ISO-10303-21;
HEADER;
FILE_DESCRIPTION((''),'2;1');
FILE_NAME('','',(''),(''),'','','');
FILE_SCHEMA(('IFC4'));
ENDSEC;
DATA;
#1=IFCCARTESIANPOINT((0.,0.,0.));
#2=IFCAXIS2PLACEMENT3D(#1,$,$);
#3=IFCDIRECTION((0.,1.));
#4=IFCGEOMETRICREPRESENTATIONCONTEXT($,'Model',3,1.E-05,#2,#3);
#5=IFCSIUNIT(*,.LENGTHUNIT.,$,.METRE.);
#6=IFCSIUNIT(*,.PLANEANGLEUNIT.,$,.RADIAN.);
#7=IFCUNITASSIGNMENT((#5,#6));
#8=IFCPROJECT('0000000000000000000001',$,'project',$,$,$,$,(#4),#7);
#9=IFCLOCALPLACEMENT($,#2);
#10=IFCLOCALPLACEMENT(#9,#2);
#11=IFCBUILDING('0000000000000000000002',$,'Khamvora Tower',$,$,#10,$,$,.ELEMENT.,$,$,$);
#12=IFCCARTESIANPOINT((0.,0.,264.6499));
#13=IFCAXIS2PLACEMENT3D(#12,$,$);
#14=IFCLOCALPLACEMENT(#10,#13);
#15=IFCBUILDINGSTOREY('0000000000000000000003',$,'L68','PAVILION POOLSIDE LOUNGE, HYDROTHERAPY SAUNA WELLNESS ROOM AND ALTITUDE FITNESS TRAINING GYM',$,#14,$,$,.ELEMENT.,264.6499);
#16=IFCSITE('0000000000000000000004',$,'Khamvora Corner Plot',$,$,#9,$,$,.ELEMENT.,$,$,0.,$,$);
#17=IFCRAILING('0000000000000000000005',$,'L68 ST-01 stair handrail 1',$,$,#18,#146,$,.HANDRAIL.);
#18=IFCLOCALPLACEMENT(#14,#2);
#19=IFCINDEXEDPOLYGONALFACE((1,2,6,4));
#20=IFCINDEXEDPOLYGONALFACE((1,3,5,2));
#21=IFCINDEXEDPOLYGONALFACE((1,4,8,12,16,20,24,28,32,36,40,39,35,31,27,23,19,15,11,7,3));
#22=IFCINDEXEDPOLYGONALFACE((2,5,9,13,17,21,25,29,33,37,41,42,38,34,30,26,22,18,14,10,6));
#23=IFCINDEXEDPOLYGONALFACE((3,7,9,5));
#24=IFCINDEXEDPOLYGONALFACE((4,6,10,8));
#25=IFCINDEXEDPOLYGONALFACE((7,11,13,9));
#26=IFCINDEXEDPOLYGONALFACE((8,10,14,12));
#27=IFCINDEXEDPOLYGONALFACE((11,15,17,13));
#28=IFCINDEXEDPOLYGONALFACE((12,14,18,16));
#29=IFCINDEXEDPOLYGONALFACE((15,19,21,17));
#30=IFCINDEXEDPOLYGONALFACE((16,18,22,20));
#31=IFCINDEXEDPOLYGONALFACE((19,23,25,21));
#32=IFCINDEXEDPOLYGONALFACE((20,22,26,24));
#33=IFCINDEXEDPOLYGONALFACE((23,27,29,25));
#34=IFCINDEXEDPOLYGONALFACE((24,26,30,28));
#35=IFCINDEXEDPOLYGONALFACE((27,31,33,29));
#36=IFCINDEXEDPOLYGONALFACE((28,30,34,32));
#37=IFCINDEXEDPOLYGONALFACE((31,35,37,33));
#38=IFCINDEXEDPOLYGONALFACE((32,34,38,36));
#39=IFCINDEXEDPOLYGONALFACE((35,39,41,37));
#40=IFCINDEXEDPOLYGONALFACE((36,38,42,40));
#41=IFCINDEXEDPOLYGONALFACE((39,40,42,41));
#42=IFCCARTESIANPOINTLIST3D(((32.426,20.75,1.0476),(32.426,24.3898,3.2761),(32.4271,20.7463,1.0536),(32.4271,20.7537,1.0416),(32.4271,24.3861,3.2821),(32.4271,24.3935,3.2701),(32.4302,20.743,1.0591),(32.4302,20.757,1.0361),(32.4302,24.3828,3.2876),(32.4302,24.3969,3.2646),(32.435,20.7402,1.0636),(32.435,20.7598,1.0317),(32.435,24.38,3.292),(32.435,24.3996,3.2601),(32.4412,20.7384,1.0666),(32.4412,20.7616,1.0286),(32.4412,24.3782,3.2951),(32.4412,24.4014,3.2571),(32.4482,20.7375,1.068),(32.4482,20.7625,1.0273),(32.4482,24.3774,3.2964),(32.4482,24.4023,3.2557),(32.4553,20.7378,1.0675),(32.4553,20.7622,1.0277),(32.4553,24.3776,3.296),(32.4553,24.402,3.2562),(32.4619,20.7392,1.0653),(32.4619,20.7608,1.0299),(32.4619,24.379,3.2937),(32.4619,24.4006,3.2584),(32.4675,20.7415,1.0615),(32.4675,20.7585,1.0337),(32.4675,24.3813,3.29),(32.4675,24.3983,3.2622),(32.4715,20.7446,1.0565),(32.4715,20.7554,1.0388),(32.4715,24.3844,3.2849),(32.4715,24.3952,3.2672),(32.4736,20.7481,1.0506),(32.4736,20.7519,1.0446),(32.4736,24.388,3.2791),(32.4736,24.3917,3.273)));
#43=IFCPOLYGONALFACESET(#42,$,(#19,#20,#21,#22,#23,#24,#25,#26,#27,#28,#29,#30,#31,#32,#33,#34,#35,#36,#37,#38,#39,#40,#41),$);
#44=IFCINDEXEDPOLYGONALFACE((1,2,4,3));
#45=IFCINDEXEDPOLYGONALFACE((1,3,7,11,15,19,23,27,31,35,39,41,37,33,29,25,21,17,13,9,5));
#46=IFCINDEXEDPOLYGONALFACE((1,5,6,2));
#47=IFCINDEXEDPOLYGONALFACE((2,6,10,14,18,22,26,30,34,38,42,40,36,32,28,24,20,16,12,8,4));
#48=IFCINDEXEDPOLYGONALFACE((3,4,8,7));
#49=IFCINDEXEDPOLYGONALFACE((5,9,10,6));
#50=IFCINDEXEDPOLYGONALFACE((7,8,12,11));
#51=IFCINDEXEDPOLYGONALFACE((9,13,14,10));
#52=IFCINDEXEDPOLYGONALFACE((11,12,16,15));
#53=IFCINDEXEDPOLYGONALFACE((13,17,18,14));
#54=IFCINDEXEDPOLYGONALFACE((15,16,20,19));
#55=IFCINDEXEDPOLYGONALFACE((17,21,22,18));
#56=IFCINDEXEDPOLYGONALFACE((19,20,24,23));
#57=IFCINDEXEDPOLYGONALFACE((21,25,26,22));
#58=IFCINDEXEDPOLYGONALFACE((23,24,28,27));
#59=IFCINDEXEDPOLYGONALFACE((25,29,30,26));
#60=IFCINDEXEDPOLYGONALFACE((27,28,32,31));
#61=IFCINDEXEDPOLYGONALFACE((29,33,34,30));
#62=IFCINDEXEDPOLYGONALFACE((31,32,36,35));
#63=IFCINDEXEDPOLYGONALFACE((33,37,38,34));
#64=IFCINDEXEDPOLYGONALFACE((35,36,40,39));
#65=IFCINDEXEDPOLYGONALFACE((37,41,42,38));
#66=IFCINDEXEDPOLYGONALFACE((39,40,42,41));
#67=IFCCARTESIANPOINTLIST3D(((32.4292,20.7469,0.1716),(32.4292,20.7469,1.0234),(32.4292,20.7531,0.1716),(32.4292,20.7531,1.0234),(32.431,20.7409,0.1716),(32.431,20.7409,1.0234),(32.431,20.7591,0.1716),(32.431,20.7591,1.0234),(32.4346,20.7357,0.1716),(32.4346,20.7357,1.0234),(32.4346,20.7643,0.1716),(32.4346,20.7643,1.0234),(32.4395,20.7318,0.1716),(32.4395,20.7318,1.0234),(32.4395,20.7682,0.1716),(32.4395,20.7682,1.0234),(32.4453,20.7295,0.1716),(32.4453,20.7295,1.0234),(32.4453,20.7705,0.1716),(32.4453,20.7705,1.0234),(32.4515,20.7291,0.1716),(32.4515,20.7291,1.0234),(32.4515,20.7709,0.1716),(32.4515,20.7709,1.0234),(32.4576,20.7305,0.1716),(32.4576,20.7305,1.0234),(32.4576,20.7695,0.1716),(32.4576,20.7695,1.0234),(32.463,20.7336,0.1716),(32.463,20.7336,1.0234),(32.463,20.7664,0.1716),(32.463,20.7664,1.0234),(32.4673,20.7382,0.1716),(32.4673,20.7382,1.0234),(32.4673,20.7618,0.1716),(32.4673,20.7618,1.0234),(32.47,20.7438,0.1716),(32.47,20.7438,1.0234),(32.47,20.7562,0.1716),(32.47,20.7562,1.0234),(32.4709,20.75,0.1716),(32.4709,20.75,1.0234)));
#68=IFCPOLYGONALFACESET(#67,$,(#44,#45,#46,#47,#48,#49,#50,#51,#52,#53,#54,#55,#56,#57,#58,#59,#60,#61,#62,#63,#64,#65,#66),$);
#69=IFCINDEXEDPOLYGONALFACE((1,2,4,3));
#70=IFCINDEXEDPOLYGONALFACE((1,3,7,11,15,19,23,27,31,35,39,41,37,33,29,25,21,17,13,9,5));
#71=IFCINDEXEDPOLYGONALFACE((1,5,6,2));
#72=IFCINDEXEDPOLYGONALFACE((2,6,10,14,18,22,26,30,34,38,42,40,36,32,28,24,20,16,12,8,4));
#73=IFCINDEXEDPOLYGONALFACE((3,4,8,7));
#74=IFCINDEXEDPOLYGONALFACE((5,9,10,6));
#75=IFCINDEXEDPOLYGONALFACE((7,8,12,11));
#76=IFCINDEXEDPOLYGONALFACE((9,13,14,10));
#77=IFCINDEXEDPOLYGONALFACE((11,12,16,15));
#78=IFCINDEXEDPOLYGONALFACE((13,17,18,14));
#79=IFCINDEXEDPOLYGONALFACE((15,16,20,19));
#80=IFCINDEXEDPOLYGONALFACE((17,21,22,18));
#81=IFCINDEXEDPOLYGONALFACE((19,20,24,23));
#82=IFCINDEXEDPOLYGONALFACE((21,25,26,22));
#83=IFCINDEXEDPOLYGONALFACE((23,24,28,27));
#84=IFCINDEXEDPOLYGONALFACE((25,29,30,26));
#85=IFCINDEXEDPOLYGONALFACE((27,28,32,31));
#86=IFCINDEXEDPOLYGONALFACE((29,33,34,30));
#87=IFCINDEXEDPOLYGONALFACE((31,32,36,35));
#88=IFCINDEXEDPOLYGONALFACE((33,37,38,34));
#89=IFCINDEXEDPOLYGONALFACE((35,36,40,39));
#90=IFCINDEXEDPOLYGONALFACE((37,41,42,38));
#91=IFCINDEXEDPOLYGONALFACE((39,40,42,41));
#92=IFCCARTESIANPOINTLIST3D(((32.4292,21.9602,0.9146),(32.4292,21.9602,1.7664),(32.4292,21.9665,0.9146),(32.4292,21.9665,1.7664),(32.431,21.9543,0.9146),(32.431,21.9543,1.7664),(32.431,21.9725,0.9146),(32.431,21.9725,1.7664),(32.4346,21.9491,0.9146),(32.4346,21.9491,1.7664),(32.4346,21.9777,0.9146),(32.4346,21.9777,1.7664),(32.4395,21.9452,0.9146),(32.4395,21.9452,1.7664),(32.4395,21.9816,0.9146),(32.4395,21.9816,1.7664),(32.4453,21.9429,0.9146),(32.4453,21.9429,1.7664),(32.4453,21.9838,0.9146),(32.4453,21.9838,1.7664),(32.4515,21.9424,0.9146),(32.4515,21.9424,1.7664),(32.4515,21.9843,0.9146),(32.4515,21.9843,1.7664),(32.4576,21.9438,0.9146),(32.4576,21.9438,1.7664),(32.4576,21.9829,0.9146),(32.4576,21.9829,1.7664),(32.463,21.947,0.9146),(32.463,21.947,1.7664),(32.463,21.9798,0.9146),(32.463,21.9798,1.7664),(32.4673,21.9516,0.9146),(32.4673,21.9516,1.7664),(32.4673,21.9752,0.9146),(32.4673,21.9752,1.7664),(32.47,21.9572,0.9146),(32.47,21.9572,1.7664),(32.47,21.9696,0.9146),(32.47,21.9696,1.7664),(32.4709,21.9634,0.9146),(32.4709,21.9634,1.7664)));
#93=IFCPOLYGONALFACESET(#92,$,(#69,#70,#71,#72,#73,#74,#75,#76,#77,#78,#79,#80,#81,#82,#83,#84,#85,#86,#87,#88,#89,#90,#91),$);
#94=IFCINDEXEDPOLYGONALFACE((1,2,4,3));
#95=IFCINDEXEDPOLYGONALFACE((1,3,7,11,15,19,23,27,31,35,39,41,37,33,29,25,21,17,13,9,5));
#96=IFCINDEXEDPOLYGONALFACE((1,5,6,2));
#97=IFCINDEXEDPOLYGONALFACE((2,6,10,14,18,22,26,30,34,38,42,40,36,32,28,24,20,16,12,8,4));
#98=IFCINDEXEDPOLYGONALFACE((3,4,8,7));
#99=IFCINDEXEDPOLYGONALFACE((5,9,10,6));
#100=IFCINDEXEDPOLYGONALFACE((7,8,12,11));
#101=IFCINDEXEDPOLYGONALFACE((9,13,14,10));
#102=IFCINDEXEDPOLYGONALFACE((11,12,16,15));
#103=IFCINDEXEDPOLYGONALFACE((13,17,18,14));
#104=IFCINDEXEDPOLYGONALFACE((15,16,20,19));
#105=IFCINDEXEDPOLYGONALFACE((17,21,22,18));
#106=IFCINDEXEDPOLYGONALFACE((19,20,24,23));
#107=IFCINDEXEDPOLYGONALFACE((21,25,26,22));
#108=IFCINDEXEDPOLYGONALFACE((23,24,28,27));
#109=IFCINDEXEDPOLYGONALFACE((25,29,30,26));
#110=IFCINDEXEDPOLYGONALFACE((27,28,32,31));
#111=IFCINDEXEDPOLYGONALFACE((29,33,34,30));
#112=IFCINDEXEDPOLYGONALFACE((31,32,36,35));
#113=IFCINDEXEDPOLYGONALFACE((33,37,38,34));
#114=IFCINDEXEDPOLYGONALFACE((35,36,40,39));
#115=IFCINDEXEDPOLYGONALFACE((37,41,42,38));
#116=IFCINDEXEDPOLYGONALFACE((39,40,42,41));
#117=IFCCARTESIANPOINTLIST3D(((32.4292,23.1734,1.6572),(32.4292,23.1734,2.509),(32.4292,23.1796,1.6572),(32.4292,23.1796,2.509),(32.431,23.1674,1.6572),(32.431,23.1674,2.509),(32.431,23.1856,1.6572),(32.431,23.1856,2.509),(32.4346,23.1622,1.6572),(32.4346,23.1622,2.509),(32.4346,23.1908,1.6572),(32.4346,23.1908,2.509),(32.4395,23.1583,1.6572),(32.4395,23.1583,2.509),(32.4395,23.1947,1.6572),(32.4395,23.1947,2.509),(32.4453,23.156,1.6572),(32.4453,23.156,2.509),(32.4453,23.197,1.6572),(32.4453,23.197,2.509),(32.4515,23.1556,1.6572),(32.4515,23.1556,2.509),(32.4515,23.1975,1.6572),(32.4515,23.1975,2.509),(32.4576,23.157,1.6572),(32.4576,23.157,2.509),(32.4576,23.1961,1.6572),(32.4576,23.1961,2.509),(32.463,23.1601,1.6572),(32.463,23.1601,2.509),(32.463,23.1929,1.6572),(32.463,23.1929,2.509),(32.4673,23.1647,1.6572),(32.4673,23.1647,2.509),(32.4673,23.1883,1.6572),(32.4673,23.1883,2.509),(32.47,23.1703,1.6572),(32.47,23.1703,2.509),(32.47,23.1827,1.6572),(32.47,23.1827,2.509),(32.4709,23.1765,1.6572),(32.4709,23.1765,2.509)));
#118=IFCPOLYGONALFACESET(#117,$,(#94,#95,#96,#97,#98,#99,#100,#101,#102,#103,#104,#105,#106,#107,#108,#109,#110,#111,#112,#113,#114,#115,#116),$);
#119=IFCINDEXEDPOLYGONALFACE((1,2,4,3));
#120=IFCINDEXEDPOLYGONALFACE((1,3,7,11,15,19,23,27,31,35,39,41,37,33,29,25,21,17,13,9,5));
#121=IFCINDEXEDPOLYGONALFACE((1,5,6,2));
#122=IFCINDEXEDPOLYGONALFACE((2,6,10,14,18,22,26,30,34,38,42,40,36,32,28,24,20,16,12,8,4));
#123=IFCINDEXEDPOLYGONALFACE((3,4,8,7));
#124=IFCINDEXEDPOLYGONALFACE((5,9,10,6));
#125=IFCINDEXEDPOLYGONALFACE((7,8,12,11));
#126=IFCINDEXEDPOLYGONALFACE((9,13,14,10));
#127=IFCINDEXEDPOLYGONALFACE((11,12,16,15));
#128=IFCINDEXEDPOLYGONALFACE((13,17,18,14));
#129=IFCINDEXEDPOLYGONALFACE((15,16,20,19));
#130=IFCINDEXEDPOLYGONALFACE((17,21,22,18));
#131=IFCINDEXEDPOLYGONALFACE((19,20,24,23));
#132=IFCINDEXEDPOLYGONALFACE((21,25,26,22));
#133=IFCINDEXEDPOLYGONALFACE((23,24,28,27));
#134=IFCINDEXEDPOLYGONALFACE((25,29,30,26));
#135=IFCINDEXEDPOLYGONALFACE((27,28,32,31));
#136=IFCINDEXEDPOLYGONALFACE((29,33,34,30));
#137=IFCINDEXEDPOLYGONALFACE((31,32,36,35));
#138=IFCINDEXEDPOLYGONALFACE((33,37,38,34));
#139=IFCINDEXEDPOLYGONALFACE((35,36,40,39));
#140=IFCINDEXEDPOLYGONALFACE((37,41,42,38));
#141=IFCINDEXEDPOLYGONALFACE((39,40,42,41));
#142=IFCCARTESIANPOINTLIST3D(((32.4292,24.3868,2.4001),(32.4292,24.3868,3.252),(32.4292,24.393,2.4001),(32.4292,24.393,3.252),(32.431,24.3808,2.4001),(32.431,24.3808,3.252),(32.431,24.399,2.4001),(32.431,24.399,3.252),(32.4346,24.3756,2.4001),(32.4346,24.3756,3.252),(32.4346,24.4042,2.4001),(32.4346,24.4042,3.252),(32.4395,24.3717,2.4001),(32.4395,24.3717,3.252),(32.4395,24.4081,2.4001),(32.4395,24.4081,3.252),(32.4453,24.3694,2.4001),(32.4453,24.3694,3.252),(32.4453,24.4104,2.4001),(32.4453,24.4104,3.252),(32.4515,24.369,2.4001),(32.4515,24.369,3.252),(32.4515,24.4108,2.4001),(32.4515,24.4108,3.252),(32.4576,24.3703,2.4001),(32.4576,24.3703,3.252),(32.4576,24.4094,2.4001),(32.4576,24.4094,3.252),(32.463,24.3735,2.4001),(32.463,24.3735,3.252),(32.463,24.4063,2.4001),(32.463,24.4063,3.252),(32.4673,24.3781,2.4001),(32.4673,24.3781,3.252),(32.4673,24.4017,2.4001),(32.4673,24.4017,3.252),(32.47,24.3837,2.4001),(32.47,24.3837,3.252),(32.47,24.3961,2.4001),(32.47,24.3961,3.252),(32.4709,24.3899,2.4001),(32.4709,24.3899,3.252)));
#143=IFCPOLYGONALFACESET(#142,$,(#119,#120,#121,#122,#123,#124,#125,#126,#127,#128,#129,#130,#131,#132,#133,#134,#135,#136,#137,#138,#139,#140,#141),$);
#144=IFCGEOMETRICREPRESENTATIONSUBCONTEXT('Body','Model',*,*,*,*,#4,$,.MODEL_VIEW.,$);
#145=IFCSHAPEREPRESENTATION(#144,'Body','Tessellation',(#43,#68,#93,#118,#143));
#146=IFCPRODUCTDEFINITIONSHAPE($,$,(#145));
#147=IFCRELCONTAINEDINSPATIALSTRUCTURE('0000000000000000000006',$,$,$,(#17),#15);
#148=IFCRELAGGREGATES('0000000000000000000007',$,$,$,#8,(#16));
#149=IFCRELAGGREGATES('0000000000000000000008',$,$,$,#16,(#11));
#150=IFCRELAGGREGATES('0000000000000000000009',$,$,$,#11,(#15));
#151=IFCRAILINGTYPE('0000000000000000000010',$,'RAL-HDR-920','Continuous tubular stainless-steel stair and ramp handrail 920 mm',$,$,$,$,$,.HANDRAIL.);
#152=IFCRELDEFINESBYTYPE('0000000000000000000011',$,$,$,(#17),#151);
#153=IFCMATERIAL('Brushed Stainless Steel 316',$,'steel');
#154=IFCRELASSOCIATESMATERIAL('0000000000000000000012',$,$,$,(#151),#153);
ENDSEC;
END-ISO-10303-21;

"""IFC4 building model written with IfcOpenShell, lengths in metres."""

from ifc_helpers import new_model, si_unit, direction, frame, origin, origin_2d, place, context, subcontext, project, spatial, circle, extrude, material, type_object, element, save


model = new_model("IFC4")

# Units and contexts
model_context = context("Model", 3, precision=1e-05, world=origin(), true_north=direction((0.0, 1.0)))
body_context = subcontext(model_context, "Body", "Model", "MODEL_VIEW")
ifc_project = project(units=[si_unit("LENGTHUNIT", "METRE"), si_unit("PLANEANGLEUNIT", "RADIAN")], contexts=[model_context])

# Site, building, storey
site_placement = place(None, origin())
site = spatial("IfcSite", under=ifc_project, at=site_placement, Name="Khamvora Corner Plot", CompositionType="ELEMENT", RefElevation=0.0)
building_placement = place(site_placement, origin())
building = spatial("IfcBuilding", under=site, at=building_placement, Name="Khamvora Tower", CompositionType="ELEMENT")
storey_placement = place(building_placement, frame((0.0, 0.0, 264.6499)))
storey = spatial("IfcBuildingStorey", under=building, at=storey_placement, Name="L68", Description="PAVILION POOLSIDE LOUNGE, HYDROTHERAPY SAUNA WELLNESS ROOM AND ALTITUDE FITNESS TRAINING GYM", CompositionType="ELEMENT", Elevation=264.6499)

# Railing
ifc_material_1 = material(Name="Brushed Stainless Steel 316", Category="steel")
railing_type_1 = type_object("IfcRailingType", Name="RAL-HDR-920", Description="Continuous tubular stainless-steel stair and ramp handrail 920 mm", PredefinedType="HANDRAIL", material=ifc_material_1)
railing_1_placement = place(storey_placement, frame((32.45, 20.75, 0.1716)))
element("IfcRailing", 1, at=railing_1_placement, inside=storey, type_object=railing_type_1, Name="L68 ST-01 stair handrail 1", PredefinedType="HANDRAIL", context=body_context, shape_type="SweptSolid", body=[
    extrude(circle(Radius=0.0239, at=origin_2d()), frame((0.0, 0.0, 0.876), z_axis=(0.0, 0.85285, 0.522156), x_axis=(-1.0, 0.0, 0.0)), (0.0, 0.0, 1.0), 4.2678),
    extrude(circle(Radius=0.021, at=origin_2d()), origin(), (0.0, 0.0, 1.0), 0.8518),
    extrude(circle(Radius=0.021, at=origin_2d()), frame((0.0, 1.2134, 0.7429)), (0.0, 0.0, 1.0), 0.8518),
    extrude(circle(Radius=0.021, at=origin_2d()), frame((0.0, 2.4265, 1.4856)), (0.0, 0.0, 1.0), 0.8518),
    extrude(circle(Radius=0.021, at=origin_2d()), frame((0.0, 3.6399, 2.2285)), (0.0, 0.0, 1.0), 0.8518),
])

save(model, "model.ifc")
